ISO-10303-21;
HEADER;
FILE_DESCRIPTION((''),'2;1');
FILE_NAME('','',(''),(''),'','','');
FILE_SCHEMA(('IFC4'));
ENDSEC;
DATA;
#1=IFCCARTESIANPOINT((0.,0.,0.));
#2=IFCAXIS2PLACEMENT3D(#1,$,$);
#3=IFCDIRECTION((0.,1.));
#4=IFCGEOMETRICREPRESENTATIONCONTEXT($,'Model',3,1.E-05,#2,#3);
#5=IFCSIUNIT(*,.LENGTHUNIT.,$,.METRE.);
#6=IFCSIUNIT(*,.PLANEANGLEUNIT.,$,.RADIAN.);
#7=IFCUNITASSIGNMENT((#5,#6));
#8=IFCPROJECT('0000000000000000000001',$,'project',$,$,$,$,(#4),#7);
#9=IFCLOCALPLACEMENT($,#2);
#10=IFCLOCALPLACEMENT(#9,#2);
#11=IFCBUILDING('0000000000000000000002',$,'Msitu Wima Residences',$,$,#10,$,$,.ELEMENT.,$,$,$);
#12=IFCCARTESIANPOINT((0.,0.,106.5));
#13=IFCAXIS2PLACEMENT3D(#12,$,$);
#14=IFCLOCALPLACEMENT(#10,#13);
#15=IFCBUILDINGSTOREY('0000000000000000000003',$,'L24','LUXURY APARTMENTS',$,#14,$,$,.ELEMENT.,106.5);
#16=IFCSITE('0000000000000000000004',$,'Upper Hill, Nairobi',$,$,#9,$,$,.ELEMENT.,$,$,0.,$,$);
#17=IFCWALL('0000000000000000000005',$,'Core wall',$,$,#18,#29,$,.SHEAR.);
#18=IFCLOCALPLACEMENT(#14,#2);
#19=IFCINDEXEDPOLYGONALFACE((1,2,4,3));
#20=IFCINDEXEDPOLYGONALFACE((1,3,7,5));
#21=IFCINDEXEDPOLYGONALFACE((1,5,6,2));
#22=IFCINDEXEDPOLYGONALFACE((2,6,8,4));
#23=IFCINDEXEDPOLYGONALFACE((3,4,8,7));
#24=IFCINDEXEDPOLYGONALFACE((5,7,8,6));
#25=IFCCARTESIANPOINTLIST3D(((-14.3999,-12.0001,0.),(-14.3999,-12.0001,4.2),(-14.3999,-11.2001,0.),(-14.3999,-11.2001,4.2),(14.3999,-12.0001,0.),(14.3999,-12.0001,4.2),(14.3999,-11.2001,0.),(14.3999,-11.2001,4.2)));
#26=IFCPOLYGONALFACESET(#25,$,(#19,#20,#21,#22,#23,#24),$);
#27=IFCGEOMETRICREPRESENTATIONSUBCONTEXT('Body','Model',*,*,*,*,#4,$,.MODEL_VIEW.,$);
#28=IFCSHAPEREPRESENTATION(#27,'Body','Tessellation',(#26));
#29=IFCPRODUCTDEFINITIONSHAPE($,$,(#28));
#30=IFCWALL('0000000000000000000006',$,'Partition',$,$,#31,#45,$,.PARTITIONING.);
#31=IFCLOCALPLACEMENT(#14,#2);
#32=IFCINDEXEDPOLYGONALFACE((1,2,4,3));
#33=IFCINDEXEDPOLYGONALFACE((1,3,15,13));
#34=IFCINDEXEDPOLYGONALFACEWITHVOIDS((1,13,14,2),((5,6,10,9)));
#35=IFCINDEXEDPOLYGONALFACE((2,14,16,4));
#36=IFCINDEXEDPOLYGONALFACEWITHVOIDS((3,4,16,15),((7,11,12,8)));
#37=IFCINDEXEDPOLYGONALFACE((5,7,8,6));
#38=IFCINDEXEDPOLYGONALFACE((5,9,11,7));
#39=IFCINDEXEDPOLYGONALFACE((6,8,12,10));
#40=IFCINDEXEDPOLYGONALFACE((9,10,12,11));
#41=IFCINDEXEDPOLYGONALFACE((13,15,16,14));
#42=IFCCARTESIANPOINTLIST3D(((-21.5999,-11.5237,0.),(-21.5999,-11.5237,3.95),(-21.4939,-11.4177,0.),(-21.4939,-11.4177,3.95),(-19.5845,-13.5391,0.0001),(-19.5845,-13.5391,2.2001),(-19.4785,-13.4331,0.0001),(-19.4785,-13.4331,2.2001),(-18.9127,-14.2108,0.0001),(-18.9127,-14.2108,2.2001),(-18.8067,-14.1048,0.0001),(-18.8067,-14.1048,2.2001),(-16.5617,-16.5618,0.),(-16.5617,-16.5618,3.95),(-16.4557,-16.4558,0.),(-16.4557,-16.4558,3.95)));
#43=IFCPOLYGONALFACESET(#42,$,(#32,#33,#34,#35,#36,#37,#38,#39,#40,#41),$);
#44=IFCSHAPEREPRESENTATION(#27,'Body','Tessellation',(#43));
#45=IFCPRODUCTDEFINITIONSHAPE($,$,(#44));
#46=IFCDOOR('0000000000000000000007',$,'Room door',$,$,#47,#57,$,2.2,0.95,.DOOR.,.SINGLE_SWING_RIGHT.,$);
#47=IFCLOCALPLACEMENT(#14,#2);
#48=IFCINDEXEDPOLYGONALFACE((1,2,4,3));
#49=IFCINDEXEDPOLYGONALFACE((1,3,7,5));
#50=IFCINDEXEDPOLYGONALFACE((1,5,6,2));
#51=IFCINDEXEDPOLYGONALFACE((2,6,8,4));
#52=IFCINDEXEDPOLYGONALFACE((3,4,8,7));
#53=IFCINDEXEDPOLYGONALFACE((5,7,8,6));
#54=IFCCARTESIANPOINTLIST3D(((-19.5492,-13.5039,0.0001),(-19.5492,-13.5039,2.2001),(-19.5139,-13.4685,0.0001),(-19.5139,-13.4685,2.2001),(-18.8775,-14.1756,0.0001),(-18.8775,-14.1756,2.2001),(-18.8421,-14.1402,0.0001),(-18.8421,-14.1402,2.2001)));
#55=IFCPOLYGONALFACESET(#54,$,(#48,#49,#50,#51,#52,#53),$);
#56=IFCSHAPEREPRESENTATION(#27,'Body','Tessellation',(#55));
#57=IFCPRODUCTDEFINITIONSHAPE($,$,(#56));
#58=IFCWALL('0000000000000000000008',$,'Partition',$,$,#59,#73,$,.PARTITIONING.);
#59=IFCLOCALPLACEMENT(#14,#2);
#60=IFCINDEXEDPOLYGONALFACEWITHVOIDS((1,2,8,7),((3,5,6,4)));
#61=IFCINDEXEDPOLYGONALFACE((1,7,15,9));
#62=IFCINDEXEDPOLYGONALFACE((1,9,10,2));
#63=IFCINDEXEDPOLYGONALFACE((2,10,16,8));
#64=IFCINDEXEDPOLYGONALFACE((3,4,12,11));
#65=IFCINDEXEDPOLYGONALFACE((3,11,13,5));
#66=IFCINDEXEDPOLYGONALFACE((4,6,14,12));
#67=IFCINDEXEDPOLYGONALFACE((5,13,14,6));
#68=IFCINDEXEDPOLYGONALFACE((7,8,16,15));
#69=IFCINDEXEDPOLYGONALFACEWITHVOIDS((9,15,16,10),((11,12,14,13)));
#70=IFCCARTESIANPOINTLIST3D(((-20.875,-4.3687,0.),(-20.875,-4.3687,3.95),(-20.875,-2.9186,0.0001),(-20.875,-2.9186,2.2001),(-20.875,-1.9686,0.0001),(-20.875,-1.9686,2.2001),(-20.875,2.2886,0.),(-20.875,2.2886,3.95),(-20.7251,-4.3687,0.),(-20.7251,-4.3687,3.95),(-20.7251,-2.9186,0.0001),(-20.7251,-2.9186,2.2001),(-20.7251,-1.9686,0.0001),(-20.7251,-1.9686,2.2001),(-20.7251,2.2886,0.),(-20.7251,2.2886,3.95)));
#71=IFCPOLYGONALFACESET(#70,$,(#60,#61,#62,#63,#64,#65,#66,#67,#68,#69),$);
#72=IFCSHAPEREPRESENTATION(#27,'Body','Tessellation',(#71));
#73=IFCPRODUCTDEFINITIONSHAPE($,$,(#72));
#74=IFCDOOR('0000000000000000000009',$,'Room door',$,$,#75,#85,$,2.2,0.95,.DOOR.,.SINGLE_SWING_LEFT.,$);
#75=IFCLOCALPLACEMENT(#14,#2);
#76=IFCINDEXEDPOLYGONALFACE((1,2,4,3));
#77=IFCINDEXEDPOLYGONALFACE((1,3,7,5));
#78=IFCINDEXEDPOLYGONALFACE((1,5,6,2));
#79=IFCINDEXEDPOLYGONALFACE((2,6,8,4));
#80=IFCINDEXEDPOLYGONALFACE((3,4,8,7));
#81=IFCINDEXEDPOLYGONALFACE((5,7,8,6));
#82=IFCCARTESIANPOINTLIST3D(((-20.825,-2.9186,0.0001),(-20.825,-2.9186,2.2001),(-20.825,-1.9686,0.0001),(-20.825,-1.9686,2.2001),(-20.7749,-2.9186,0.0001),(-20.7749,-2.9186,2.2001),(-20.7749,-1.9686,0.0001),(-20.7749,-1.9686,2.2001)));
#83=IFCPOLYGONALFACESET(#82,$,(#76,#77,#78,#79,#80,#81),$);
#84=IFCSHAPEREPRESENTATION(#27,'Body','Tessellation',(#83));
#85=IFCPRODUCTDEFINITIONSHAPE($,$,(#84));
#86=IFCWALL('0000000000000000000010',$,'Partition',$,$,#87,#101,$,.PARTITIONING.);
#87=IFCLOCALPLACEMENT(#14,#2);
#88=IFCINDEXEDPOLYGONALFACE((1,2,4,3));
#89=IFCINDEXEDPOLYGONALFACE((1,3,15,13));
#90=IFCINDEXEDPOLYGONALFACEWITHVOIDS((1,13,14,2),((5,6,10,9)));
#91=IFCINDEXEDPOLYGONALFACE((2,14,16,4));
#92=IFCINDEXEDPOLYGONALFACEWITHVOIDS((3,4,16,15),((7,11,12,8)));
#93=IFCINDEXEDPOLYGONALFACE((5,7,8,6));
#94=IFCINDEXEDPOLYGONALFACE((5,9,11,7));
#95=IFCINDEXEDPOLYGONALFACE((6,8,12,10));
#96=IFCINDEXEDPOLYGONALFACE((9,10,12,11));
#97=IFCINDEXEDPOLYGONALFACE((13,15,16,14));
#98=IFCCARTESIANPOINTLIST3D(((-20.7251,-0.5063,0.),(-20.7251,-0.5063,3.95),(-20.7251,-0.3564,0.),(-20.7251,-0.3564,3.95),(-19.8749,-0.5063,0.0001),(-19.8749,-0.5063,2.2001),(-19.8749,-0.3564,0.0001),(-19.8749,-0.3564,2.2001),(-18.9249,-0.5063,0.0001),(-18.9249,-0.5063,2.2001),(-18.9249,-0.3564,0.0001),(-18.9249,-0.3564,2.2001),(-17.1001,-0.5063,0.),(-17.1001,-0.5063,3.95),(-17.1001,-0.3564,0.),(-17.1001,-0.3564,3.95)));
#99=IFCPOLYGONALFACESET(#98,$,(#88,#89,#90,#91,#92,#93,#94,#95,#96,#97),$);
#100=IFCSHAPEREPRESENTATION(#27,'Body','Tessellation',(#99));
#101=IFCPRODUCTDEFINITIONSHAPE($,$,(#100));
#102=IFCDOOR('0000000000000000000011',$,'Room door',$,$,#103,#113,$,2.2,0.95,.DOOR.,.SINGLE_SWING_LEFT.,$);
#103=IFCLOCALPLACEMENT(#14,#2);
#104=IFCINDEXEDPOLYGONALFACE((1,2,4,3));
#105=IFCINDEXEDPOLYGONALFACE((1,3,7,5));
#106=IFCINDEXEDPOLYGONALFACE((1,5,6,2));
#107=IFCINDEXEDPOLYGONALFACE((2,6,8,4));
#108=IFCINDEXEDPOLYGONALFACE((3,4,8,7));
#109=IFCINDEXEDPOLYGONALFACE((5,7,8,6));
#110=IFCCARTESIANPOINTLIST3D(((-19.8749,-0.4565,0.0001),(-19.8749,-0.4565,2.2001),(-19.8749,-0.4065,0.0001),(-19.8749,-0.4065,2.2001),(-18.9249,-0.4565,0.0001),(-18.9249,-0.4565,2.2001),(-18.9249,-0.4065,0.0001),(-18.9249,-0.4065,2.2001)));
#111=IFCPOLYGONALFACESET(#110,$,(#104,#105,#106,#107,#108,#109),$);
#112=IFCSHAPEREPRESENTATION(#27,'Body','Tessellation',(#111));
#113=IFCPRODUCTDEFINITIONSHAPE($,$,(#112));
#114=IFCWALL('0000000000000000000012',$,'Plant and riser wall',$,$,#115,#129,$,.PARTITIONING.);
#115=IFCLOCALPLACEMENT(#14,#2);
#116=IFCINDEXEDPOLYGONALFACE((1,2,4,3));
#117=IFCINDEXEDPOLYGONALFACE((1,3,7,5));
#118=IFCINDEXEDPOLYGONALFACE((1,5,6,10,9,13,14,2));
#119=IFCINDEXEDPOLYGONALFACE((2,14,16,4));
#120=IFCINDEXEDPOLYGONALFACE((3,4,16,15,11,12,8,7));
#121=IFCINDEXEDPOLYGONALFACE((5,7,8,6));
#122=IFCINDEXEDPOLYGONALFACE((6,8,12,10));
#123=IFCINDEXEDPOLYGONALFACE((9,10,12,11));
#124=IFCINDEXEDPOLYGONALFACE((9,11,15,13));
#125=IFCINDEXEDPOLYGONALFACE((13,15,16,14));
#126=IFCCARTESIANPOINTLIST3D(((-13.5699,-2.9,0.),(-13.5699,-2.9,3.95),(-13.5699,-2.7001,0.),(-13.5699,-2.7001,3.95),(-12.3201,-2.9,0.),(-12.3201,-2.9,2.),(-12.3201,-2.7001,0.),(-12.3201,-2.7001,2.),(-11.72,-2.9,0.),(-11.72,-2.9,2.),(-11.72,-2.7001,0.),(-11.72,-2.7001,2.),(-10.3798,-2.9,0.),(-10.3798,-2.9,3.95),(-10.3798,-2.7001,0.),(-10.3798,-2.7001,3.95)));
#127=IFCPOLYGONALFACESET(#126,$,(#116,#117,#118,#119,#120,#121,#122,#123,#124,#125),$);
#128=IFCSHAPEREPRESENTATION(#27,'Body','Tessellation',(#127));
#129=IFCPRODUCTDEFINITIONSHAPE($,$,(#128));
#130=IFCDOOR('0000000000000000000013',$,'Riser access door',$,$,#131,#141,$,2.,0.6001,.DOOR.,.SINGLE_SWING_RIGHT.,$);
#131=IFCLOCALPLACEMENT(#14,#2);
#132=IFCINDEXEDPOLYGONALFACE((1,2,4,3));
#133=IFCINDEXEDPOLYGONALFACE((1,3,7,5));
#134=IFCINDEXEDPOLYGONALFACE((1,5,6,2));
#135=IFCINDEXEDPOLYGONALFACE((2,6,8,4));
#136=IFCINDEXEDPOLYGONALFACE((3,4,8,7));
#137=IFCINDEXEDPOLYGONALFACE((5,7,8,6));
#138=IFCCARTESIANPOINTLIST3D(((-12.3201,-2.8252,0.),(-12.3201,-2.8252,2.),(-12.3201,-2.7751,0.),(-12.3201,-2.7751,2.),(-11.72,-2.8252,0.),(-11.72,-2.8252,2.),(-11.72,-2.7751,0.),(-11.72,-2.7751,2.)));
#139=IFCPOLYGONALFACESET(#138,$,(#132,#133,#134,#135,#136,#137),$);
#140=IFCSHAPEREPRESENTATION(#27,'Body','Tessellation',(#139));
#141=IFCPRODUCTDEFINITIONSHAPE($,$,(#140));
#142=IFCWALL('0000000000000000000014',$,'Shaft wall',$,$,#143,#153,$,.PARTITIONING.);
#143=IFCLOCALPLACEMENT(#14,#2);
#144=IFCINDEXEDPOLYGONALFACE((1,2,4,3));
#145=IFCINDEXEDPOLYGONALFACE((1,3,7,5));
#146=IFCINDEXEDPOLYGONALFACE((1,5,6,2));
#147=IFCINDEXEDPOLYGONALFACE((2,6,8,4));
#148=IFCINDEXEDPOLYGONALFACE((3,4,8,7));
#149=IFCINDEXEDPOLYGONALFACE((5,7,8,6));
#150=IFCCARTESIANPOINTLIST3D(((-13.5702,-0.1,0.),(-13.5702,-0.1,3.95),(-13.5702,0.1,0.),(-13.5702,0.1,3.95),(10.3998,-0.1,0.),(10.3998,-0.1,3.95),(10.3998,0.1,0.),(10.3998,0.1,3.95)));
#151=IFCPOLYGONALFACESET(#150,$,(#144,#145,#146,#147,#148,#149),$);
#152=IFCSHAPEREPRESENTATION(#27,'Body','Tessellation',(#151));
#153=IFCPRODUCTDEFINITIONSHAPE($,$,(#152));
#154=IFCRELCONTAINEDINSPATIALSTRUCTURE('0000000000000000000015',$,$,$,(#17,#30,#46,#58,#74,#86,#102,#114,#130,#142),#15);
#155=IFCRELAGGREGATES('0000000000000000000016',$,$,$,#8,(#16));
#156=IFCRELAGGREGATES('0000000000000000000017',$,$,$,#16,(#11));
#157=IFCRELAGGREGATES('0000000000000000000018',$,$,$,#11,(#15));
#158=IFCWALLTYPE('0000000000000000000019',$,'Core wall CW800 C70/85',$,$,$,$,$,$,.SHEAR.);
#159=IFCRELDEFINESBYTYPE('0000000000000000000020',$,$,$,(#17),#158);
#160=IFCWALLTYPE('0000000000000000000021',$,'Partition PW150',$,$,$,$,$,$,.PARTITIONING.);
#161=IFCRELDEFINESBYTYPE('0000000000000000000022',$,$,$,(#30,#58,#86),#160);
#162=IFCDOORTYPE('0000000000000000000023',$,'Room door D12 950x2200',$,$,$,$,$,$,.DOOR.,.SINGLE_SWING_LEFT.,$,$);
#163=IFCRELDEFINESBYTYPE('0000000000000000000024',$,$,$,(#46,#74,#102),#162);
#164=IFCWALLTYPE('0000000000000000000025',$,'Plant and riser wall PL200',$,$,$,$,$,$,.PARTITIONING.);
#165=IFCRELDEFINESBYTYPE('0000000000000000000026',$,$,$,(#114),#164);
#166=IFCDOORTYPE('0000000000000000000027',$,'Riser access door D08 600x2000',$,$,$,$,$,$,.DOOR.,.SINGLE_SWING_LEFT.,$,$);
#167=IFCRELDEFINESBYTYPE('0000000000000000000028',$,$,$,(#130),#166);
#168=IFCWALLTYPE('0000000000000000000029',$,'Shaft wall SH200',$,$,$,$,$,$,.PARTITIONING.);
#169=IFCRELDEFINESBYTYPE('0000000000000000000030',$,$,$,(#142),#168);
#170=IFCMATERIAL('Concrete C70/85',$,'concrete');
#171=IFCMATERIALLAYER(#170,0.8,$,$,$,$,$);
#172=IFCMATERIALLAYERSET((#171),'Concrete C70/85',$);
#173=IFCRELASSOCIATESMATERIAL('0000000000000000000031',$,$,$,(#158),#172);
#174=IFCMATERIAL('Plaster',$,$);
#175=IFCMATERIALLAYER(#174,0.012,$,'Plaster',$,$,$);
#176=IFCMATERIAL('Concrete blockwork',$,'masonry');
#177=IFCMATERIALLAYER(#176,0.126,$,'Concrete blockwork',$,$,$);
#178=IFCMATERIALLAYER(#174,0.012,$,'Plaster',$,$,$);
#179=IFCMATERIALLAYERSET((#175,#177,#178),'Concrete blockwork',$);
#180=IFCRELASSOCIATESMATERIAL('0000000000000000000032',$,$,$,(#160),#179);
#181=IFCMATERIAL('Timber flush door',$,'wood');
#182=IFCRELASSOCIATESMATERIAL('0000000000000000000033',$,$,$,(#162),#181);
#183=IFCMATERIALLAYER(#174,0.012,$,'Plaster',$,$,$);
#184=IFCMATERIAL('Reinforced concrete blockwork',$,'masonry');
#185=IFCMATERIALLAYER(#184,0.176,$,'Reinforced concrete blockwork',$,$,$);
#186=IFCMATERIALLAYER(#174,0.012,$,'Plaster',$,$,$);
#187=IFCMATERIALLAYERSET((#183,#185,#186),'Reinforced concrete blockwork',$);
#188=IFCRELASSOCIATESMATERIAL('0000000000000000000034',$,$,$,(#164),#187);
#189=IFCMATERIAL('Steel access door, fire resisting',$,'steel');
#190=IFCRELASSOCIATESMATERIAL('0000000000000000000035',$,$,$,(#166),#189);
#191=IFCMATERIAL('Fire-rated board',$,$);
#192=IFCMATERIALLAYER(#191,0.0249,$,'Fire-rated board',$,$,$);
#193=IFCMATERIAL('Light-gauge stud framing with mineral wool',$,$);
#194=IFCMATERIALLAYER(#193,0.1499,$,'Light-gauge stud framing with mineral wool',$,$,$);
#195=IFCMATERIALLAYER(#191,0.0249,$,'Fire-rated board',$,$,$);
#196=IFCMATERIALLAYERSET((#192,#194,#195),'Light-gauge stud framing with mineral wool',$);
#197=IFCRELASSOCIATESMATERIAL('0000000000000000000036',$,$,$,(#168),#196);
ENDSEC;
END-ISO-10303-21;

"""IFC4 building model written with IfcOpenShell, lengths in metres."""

from ifc_helpers import new_model, si_unit, direction, frame, frame_2d, origin, place, context, subcontext, project, spatial, rectangle, extrude, material, layer, layer_set, type_object, element, fill, save


model = new_model("IFC4")

# Units and contexts
model_context = context("Model", 3, precision=1e-05, world=origin(), true_north=direction((0.0, 1.0)))
body_context = subcontext(model_context, "Body", "Model", "MODEL_VIEW")
ifc_project = project(units=[si_unit("LENGTHUNIT", "METRE"), si_unit("PLANEANGLEUNIT", "RADIAN")], contexts=[model_context])

# Site, building, storey
site_placement = place(None, origin())
site = spatial("IfcSite", under=ifc_project, at=site_placement, Name="Upper Hill, Nairobi", CompositionType="ELEMENT", RefElevation=0.0)
building_placement = place(site_placement, origin())
building = spatial("IfcBuilding", under=site, at=building_placement, Name="Msitu Wima Residences", CompositionType="ELEMENT")
storey_placement = place(building_placement, frame((0.0, 0.0, 106.5)))
storey = spatial("IfcBuildingStorey", under=building, at=storey_placement, Name="L24", Description="LUXURY APARTMENTS", CompositionType="ELEMENT", Elevation=106.5)

# Wall
ifc_material_1 = material(Name="Concrete C70/85", Category="concrete")
ifc_layer_1 = layer(ifc_material_1, 0.8)
ifc_layer_set_1 = layer_set([ifc_layer_1], Name="Concrete C70/85")
wall_type_1 = type_object("IfcWallType", Name="Core wall CW800 C70/85", PredefinedType="SHEAR", material=ifc_layer_set_1)
wall_1_placement = place(storey_placement, frame((-14.3999, -11.6001, 0.0), z_axis=(0.0, 0.0, 1.0), x_axis=(1.0, 0.0, 0.0)))
element("IfcWall", 1, at=wall_1_placement, inside=storey, type_object=wall_type_1, Name="Core wall", PredefinedType="SHEAR", context=body_context, shape_type="SweptSolid", body=[
    extrude(rectangle(XDim=28.7998, YDim=0.8, at=frame_2d((14.3999, 0.0))), origin(), (0.0, 0.0, 1.0), 4.2),
])

# Walls, openings, doors
ifc_material_2 = material(Name="Plaster")
ifc_layer_2 = layer(ifc_material_2, 0.012, Name="Plaster")
ifc_material_3 = material(Name="Concrete blockwork", Category="masonry")
ifc_layer_3 = layer(ifc_material_3, 0.126, Name="Concrete blockwork")
ifc_layer_4 = layer(ifc_material_2, 0.012, Name="Plaster")
ifc_layer_set_2 = layer_set([ifc_layer_2, ifc_layer_3, ifc_layer_4], Name="Concrete blockwork")
wall_type_2 = type_object("IfcWallType", Name="Partition PW150", PredefinedType="PARTITIONING", material=ifc_layer_set_2)
wall_2_placement = place(storey_placement, frame((-21.5469, -11.4707, 0.0), z_axis=(0.0, 0.0, 1.0), x_axis=(0.707107, -0.707107, 0.0)))
wall_2 = element("IfcWall", 2, at=wall_2_placement, inside=storey, type_object=wall_type_2, Name="Partition", PredefinedType="PARTITIONING", context=body_context, shape_type="SweptSolid", body=[
    extrude(rectangle(XDim=7.125, YDim=0.1499, at=frame_2d((3.5625, 0.0))), origin(), (0.0, 0.0, 1.0), 3.95),
])
opening_1_placement = place(wall_2_placement, frame((2.8501, 0.0, 0.0)))
opening_1 = element("IfcOpeningElement", 3, at=opening_1_placement, cuts=wall_2, PredefinedType="OPENING", context=body_context, shape_type="SweptSolid", body=[
    extrude(rectangle(XDim=0.95, YDim=2.2, at=frame_2d((0.4751, 1.1001))), frame((0.0, 0.085, 0.0), z_axis=(0.0, -1.0, 0.0), x_axis=(1.0, 0.0, 0.0)), (0.0, 0.0, 1.0), 0.1699),
])
ifc_material_4 = material(Name="Timber flush door", Category="wood")
door_type_1 = type_object("IfcDoorType", Name="Room door D12 950x2200", OperationType="SINGLE_SWING_LEFT", PredefinedType="DOOR", material=ifc_material_4)
door_1_placement = place(opening_1_placement, origin())
door_1 = element("IfcDoor", 4, at=door_1_placement, inside=storey, type_object=door_type_1, Name="Room door", OperationType="SINGLE_SWING_RIGHT", OverallHeight=2.2, OverallWidth=0.95, PredefinedType="DOOR", context=body_context, shape_type="SweptSolid", body=[
    extrude(rectangle(XDim=0.95, YDim=2.2, at=frame_2d((0.4751, 1.1001))), frame((0.0, 0.0249, 0.0), z_axis=(0.0, -1.0, 0.0), x_axis=(1.0, 0.0, 0.0)), (0.0, 0.0, 1.0), 0.05),
])
fill(opening_1, door_1)
wall_3_placement = place(storey_placement, frame((-20.8, -4.3687, 0.0), z_axis=(0.0, 0.0, 1.0), x_axis=(0.0, 1.0, 0.0)))
wall_3 = element("IfcWall", 5, at=wall_3_placement, inside=storey, type_object=wall_type_2, Name="Partition", PredefinedType="PARTITIONING", context=body_context, shape_type="SweptSolid", body=[
    extrude(rectangle(XDim=6.6572, YDim=0.1499, at=frame_2d((3.3286, 0.0))), origin(), (0.0, 0.0, 1.0), 3.95),
])
opening_2_placement = place(wall_3_placement, frame((1.45, 0.0, 0.0)))
opening_2 = element("IfcOpeningElement", 6, at=opening_2_placement, cuts=wall_3, PredefinedType="OPENING", context=body_context, shape_type="SweptSolid", body=[
    extrude(rectangle(XDim=0.95, YDim=2.2, at=frame_2d((0.4751, 1.1001))), frame((0.0, 0.085, 0.0), z_axis=(0.0, -1.0, 0.0), x_axis=(1.0, 0.0, 0.0)), (0.0, 0.0, 1.0), 0.1699),
])
door_2_placement = place(opening_2_placement, origin())
door_2 = element("IfcDoor", 7, at=door_2_placement, inside=storey, type_object=door_type_1, Name="Room door", OperationType="SINGLE_SWING_LEFT", OverallHeight=2.2, OverallWidth=0.95, PredefinedType="DOOR", context=body_context, shape_type="SweptSolid", body=[
    extrude(rectangle(XDim=0.95, YDim=2.2, at=frame_2d((0.4751, 1.1001))), frame((0.0, 0.0249, 0.0), z_axis=(0.0, -1.0, 0.0), x_axis=(1.0, 0.0, 0.0)), (0.0, 0.0, 1.0), 0.05),
])
fill(opening_2, door_2)
wall_4_placement = place(storey_placement, frame((-20.7251, -0.4314, 0.0), z_axis=(0.0, 0.0, 1.0), x_axis=(1.0, 0.0, 0.0)))
wall_4 = element("IfcWall", 8, at=wall_4_placement, inside=storey, type_object=wall_type_2, Name="Partition", PredefinedType="PARTITIONING", context=body_context, shape_type="SweptSolid", body=[
    extrude(rectangle(XDim=3.625, YDim=0.1499, at=frame_2d((1.8125, 0.0))), origin(), (0.0, 0.0, 1.0), 3.95),
])
opening_3_placement = place(wall_4_placement, frame((0.8501, 0.0, 0.0)))
opening_3 = element("IfcOpeningElement", 9, at=opening_3_placement, cuts=wall_4, PredefinedType="OPENING", context=body_context, shape_type="SweptSolid", body=[
    extrude(rectangle(XDim=0.95, YDim=2.2, at=frame_2d((0.4751, 1.1001))), frame((0.0, 0.085, 0.0), z_axis=(0.0, -1.0, 0.0), x_axis=(1.0, 0.0, 0.0)), (0.0, 0.0, 1.0), 0.1699),
])
door_3_placement = place(opening_3_placement, origin())
door_3 = element("IfcDoor", 10, at=door_3_placement, inside=storey, type_object=door_type_1, Name="Room door", OperationType="SINGLE_SWING_LEFT", OverallHeight=2.2, OverallWidth=0.95, PredefinedType="DOOR", context=body_context, shape_type="SweptSolid", body=[
    extrude(rectangle(XDim=0.95, YDim=2.2, at=frame_2d((0.4751, 1.1001))), frame((0.0, 0.0249, 0.0), z_axis=(0.0, -1.0, 0.0), x_axis=(1.0, 0.0, 0.0)), (0.0, 0.0, 1.0), 0.05),
])
fill(opening_3, door_3)
ifc_layer_5 = layer(ifc_material_2, 0.012, Name="Plaster")
ifc_material_5 = material(Name="Reinforced concrete blockwork", Category="masonry")
ifc_layer_6 = layer(ifc_material_5, 0.176, Name="Reinforced concrete blockwork")
ifc_layer_7 = layer(ifc_material_2, 0.012, Name="Plaster")
ifc_layer_set_3 = layer_set([ifc_layer_5, ifc_layer_6, ifc_layer_7], Name="Reinforced concrete blockwork")
wall_type_3 = type_object("IfcWallType", Name="Plant and riser wall PL200", PredefinedType="PARTITIONING", material=ifc_layer_set_3)
wall_5_placement = place(storey_placement, frame((-13.5701, -2.8, 0.0), z_axis=(0.0, 0.0, 1.0), x_axis=(1.0, 0.0, 0.0)))
wall_5 = element("IfcWall", 11, at=wall_5_placement, inside=storey, type_object=wall_type_3, Name="Plant and riser wall", PredefinedType="PARTITIONING", context=body_context, shape_type="SweptSolid", body=[
    extrude(rectangle(XDim=3.1902, YDim=0.2, at=frame_2d((1.5952, 0.0))), origin(), (0.0, 0.0, 1.0), 3.95),
])
opening_4_placement = place(wall_5_placement, frame((1.25, 0.0, 0.0)))
opening_4 = element("IfcOpeningElement", 12, at=opening_4_placement, cuts=wall_5, PredefinedType="OPENING", context=body_context, shape_type="SweptSolid", body=[
    extrude(rectangle(XDim=0.6001, YDim=2.0, at=frame_2d((0.3, 1.0))), frame((0.0, 0.1099, 0.0), z_axis=(0.0, -1.0, 0.0), x_axis=(1.0, 0.0, 0.0)), (0.0, 0.0, 1.0), 0.22),
])
ifc_material_6 = material(Name="Steel access door, fire resisting", Category="steel")
door_type_2 = type_object("IfcDoorType", Name="Riser access door D08 600x2000", OperationType="SINGLE_SWING_LEFT", PredefinedType="DOOR", material=ifc_material_6)
door_4_placement = place(opening_4_placement, origin())
door_4 = element("IfcDoor", 13, at=door_4_placement, inside=storey, type_object=door_type_2, Name="Riser access door", OperationType="SINGLE_SWING_RIGHT", OverallHeight=2.0, OverallWidth=0.6001, PredefinedType="DOOR", context=body_context, shape_type="SweptSolid", body=[
    extrude(rectangle(XDim=0.6001, YDim=2.0, at=frame_2d((0.3, 1.0))), frame((0.0, 0.0249, 0.0), z_axis=(0.0, -1.0, 0.0), x_axis=(1.0, 0.0, 0.0)), (0.0, 0.0, 1.0), 0.05),
])
fill(opening_4, door_4)

# Wall
ifc_material_7 = material(Name="Fire-rated board")
ifc_layer_8 = layer(ifc_material_7, 0.0249, Name="Fire-rated board")
ifc_material_8 = material(Name="Light-gauge stud framing with mineral wool")
ifc_layer_9 = layer(ifc_material_8, 0.1499, Name="Light-gauge stud framing with mineral wool")
ifc_layer_10 = layer(ifc_material_7, 0.0249, Name="Fire-rated board")
ifc_layer_set_4 = layer_set([ifc_layer_8, ifc_layer_9, ifc_layer_10], Name="Light-gauge stud framing with mineral wool")
wall_type_4 = type_object("IfcWallType", Name="Shaft wall SH200", PredefinedType="PARTITIONING", material=ifc_layer_set_4)
wall_6_placement = place(storey_placement, frame((-13.5701, 0.0, 0.0), z_axis=(0.0, 0.0, 1.0), x_axis=(1.0, 0.0, 0.0)))
element("IfcWall", 14, at=wall_6_placement, inside=storey, type_object=wall_type_4, Name="Shaft wall", PredefinedType="PARTITIONING", context=body_context, shape_type="SweptSolid", body=[
    extrude(rectangle(XDim=23.97, YDim=0.2, at=frame_2d((11.9849, 0.0))), origin(), (0.0, 0.0, 1.0), 3.95),
])

save(model, "model.ifc")
